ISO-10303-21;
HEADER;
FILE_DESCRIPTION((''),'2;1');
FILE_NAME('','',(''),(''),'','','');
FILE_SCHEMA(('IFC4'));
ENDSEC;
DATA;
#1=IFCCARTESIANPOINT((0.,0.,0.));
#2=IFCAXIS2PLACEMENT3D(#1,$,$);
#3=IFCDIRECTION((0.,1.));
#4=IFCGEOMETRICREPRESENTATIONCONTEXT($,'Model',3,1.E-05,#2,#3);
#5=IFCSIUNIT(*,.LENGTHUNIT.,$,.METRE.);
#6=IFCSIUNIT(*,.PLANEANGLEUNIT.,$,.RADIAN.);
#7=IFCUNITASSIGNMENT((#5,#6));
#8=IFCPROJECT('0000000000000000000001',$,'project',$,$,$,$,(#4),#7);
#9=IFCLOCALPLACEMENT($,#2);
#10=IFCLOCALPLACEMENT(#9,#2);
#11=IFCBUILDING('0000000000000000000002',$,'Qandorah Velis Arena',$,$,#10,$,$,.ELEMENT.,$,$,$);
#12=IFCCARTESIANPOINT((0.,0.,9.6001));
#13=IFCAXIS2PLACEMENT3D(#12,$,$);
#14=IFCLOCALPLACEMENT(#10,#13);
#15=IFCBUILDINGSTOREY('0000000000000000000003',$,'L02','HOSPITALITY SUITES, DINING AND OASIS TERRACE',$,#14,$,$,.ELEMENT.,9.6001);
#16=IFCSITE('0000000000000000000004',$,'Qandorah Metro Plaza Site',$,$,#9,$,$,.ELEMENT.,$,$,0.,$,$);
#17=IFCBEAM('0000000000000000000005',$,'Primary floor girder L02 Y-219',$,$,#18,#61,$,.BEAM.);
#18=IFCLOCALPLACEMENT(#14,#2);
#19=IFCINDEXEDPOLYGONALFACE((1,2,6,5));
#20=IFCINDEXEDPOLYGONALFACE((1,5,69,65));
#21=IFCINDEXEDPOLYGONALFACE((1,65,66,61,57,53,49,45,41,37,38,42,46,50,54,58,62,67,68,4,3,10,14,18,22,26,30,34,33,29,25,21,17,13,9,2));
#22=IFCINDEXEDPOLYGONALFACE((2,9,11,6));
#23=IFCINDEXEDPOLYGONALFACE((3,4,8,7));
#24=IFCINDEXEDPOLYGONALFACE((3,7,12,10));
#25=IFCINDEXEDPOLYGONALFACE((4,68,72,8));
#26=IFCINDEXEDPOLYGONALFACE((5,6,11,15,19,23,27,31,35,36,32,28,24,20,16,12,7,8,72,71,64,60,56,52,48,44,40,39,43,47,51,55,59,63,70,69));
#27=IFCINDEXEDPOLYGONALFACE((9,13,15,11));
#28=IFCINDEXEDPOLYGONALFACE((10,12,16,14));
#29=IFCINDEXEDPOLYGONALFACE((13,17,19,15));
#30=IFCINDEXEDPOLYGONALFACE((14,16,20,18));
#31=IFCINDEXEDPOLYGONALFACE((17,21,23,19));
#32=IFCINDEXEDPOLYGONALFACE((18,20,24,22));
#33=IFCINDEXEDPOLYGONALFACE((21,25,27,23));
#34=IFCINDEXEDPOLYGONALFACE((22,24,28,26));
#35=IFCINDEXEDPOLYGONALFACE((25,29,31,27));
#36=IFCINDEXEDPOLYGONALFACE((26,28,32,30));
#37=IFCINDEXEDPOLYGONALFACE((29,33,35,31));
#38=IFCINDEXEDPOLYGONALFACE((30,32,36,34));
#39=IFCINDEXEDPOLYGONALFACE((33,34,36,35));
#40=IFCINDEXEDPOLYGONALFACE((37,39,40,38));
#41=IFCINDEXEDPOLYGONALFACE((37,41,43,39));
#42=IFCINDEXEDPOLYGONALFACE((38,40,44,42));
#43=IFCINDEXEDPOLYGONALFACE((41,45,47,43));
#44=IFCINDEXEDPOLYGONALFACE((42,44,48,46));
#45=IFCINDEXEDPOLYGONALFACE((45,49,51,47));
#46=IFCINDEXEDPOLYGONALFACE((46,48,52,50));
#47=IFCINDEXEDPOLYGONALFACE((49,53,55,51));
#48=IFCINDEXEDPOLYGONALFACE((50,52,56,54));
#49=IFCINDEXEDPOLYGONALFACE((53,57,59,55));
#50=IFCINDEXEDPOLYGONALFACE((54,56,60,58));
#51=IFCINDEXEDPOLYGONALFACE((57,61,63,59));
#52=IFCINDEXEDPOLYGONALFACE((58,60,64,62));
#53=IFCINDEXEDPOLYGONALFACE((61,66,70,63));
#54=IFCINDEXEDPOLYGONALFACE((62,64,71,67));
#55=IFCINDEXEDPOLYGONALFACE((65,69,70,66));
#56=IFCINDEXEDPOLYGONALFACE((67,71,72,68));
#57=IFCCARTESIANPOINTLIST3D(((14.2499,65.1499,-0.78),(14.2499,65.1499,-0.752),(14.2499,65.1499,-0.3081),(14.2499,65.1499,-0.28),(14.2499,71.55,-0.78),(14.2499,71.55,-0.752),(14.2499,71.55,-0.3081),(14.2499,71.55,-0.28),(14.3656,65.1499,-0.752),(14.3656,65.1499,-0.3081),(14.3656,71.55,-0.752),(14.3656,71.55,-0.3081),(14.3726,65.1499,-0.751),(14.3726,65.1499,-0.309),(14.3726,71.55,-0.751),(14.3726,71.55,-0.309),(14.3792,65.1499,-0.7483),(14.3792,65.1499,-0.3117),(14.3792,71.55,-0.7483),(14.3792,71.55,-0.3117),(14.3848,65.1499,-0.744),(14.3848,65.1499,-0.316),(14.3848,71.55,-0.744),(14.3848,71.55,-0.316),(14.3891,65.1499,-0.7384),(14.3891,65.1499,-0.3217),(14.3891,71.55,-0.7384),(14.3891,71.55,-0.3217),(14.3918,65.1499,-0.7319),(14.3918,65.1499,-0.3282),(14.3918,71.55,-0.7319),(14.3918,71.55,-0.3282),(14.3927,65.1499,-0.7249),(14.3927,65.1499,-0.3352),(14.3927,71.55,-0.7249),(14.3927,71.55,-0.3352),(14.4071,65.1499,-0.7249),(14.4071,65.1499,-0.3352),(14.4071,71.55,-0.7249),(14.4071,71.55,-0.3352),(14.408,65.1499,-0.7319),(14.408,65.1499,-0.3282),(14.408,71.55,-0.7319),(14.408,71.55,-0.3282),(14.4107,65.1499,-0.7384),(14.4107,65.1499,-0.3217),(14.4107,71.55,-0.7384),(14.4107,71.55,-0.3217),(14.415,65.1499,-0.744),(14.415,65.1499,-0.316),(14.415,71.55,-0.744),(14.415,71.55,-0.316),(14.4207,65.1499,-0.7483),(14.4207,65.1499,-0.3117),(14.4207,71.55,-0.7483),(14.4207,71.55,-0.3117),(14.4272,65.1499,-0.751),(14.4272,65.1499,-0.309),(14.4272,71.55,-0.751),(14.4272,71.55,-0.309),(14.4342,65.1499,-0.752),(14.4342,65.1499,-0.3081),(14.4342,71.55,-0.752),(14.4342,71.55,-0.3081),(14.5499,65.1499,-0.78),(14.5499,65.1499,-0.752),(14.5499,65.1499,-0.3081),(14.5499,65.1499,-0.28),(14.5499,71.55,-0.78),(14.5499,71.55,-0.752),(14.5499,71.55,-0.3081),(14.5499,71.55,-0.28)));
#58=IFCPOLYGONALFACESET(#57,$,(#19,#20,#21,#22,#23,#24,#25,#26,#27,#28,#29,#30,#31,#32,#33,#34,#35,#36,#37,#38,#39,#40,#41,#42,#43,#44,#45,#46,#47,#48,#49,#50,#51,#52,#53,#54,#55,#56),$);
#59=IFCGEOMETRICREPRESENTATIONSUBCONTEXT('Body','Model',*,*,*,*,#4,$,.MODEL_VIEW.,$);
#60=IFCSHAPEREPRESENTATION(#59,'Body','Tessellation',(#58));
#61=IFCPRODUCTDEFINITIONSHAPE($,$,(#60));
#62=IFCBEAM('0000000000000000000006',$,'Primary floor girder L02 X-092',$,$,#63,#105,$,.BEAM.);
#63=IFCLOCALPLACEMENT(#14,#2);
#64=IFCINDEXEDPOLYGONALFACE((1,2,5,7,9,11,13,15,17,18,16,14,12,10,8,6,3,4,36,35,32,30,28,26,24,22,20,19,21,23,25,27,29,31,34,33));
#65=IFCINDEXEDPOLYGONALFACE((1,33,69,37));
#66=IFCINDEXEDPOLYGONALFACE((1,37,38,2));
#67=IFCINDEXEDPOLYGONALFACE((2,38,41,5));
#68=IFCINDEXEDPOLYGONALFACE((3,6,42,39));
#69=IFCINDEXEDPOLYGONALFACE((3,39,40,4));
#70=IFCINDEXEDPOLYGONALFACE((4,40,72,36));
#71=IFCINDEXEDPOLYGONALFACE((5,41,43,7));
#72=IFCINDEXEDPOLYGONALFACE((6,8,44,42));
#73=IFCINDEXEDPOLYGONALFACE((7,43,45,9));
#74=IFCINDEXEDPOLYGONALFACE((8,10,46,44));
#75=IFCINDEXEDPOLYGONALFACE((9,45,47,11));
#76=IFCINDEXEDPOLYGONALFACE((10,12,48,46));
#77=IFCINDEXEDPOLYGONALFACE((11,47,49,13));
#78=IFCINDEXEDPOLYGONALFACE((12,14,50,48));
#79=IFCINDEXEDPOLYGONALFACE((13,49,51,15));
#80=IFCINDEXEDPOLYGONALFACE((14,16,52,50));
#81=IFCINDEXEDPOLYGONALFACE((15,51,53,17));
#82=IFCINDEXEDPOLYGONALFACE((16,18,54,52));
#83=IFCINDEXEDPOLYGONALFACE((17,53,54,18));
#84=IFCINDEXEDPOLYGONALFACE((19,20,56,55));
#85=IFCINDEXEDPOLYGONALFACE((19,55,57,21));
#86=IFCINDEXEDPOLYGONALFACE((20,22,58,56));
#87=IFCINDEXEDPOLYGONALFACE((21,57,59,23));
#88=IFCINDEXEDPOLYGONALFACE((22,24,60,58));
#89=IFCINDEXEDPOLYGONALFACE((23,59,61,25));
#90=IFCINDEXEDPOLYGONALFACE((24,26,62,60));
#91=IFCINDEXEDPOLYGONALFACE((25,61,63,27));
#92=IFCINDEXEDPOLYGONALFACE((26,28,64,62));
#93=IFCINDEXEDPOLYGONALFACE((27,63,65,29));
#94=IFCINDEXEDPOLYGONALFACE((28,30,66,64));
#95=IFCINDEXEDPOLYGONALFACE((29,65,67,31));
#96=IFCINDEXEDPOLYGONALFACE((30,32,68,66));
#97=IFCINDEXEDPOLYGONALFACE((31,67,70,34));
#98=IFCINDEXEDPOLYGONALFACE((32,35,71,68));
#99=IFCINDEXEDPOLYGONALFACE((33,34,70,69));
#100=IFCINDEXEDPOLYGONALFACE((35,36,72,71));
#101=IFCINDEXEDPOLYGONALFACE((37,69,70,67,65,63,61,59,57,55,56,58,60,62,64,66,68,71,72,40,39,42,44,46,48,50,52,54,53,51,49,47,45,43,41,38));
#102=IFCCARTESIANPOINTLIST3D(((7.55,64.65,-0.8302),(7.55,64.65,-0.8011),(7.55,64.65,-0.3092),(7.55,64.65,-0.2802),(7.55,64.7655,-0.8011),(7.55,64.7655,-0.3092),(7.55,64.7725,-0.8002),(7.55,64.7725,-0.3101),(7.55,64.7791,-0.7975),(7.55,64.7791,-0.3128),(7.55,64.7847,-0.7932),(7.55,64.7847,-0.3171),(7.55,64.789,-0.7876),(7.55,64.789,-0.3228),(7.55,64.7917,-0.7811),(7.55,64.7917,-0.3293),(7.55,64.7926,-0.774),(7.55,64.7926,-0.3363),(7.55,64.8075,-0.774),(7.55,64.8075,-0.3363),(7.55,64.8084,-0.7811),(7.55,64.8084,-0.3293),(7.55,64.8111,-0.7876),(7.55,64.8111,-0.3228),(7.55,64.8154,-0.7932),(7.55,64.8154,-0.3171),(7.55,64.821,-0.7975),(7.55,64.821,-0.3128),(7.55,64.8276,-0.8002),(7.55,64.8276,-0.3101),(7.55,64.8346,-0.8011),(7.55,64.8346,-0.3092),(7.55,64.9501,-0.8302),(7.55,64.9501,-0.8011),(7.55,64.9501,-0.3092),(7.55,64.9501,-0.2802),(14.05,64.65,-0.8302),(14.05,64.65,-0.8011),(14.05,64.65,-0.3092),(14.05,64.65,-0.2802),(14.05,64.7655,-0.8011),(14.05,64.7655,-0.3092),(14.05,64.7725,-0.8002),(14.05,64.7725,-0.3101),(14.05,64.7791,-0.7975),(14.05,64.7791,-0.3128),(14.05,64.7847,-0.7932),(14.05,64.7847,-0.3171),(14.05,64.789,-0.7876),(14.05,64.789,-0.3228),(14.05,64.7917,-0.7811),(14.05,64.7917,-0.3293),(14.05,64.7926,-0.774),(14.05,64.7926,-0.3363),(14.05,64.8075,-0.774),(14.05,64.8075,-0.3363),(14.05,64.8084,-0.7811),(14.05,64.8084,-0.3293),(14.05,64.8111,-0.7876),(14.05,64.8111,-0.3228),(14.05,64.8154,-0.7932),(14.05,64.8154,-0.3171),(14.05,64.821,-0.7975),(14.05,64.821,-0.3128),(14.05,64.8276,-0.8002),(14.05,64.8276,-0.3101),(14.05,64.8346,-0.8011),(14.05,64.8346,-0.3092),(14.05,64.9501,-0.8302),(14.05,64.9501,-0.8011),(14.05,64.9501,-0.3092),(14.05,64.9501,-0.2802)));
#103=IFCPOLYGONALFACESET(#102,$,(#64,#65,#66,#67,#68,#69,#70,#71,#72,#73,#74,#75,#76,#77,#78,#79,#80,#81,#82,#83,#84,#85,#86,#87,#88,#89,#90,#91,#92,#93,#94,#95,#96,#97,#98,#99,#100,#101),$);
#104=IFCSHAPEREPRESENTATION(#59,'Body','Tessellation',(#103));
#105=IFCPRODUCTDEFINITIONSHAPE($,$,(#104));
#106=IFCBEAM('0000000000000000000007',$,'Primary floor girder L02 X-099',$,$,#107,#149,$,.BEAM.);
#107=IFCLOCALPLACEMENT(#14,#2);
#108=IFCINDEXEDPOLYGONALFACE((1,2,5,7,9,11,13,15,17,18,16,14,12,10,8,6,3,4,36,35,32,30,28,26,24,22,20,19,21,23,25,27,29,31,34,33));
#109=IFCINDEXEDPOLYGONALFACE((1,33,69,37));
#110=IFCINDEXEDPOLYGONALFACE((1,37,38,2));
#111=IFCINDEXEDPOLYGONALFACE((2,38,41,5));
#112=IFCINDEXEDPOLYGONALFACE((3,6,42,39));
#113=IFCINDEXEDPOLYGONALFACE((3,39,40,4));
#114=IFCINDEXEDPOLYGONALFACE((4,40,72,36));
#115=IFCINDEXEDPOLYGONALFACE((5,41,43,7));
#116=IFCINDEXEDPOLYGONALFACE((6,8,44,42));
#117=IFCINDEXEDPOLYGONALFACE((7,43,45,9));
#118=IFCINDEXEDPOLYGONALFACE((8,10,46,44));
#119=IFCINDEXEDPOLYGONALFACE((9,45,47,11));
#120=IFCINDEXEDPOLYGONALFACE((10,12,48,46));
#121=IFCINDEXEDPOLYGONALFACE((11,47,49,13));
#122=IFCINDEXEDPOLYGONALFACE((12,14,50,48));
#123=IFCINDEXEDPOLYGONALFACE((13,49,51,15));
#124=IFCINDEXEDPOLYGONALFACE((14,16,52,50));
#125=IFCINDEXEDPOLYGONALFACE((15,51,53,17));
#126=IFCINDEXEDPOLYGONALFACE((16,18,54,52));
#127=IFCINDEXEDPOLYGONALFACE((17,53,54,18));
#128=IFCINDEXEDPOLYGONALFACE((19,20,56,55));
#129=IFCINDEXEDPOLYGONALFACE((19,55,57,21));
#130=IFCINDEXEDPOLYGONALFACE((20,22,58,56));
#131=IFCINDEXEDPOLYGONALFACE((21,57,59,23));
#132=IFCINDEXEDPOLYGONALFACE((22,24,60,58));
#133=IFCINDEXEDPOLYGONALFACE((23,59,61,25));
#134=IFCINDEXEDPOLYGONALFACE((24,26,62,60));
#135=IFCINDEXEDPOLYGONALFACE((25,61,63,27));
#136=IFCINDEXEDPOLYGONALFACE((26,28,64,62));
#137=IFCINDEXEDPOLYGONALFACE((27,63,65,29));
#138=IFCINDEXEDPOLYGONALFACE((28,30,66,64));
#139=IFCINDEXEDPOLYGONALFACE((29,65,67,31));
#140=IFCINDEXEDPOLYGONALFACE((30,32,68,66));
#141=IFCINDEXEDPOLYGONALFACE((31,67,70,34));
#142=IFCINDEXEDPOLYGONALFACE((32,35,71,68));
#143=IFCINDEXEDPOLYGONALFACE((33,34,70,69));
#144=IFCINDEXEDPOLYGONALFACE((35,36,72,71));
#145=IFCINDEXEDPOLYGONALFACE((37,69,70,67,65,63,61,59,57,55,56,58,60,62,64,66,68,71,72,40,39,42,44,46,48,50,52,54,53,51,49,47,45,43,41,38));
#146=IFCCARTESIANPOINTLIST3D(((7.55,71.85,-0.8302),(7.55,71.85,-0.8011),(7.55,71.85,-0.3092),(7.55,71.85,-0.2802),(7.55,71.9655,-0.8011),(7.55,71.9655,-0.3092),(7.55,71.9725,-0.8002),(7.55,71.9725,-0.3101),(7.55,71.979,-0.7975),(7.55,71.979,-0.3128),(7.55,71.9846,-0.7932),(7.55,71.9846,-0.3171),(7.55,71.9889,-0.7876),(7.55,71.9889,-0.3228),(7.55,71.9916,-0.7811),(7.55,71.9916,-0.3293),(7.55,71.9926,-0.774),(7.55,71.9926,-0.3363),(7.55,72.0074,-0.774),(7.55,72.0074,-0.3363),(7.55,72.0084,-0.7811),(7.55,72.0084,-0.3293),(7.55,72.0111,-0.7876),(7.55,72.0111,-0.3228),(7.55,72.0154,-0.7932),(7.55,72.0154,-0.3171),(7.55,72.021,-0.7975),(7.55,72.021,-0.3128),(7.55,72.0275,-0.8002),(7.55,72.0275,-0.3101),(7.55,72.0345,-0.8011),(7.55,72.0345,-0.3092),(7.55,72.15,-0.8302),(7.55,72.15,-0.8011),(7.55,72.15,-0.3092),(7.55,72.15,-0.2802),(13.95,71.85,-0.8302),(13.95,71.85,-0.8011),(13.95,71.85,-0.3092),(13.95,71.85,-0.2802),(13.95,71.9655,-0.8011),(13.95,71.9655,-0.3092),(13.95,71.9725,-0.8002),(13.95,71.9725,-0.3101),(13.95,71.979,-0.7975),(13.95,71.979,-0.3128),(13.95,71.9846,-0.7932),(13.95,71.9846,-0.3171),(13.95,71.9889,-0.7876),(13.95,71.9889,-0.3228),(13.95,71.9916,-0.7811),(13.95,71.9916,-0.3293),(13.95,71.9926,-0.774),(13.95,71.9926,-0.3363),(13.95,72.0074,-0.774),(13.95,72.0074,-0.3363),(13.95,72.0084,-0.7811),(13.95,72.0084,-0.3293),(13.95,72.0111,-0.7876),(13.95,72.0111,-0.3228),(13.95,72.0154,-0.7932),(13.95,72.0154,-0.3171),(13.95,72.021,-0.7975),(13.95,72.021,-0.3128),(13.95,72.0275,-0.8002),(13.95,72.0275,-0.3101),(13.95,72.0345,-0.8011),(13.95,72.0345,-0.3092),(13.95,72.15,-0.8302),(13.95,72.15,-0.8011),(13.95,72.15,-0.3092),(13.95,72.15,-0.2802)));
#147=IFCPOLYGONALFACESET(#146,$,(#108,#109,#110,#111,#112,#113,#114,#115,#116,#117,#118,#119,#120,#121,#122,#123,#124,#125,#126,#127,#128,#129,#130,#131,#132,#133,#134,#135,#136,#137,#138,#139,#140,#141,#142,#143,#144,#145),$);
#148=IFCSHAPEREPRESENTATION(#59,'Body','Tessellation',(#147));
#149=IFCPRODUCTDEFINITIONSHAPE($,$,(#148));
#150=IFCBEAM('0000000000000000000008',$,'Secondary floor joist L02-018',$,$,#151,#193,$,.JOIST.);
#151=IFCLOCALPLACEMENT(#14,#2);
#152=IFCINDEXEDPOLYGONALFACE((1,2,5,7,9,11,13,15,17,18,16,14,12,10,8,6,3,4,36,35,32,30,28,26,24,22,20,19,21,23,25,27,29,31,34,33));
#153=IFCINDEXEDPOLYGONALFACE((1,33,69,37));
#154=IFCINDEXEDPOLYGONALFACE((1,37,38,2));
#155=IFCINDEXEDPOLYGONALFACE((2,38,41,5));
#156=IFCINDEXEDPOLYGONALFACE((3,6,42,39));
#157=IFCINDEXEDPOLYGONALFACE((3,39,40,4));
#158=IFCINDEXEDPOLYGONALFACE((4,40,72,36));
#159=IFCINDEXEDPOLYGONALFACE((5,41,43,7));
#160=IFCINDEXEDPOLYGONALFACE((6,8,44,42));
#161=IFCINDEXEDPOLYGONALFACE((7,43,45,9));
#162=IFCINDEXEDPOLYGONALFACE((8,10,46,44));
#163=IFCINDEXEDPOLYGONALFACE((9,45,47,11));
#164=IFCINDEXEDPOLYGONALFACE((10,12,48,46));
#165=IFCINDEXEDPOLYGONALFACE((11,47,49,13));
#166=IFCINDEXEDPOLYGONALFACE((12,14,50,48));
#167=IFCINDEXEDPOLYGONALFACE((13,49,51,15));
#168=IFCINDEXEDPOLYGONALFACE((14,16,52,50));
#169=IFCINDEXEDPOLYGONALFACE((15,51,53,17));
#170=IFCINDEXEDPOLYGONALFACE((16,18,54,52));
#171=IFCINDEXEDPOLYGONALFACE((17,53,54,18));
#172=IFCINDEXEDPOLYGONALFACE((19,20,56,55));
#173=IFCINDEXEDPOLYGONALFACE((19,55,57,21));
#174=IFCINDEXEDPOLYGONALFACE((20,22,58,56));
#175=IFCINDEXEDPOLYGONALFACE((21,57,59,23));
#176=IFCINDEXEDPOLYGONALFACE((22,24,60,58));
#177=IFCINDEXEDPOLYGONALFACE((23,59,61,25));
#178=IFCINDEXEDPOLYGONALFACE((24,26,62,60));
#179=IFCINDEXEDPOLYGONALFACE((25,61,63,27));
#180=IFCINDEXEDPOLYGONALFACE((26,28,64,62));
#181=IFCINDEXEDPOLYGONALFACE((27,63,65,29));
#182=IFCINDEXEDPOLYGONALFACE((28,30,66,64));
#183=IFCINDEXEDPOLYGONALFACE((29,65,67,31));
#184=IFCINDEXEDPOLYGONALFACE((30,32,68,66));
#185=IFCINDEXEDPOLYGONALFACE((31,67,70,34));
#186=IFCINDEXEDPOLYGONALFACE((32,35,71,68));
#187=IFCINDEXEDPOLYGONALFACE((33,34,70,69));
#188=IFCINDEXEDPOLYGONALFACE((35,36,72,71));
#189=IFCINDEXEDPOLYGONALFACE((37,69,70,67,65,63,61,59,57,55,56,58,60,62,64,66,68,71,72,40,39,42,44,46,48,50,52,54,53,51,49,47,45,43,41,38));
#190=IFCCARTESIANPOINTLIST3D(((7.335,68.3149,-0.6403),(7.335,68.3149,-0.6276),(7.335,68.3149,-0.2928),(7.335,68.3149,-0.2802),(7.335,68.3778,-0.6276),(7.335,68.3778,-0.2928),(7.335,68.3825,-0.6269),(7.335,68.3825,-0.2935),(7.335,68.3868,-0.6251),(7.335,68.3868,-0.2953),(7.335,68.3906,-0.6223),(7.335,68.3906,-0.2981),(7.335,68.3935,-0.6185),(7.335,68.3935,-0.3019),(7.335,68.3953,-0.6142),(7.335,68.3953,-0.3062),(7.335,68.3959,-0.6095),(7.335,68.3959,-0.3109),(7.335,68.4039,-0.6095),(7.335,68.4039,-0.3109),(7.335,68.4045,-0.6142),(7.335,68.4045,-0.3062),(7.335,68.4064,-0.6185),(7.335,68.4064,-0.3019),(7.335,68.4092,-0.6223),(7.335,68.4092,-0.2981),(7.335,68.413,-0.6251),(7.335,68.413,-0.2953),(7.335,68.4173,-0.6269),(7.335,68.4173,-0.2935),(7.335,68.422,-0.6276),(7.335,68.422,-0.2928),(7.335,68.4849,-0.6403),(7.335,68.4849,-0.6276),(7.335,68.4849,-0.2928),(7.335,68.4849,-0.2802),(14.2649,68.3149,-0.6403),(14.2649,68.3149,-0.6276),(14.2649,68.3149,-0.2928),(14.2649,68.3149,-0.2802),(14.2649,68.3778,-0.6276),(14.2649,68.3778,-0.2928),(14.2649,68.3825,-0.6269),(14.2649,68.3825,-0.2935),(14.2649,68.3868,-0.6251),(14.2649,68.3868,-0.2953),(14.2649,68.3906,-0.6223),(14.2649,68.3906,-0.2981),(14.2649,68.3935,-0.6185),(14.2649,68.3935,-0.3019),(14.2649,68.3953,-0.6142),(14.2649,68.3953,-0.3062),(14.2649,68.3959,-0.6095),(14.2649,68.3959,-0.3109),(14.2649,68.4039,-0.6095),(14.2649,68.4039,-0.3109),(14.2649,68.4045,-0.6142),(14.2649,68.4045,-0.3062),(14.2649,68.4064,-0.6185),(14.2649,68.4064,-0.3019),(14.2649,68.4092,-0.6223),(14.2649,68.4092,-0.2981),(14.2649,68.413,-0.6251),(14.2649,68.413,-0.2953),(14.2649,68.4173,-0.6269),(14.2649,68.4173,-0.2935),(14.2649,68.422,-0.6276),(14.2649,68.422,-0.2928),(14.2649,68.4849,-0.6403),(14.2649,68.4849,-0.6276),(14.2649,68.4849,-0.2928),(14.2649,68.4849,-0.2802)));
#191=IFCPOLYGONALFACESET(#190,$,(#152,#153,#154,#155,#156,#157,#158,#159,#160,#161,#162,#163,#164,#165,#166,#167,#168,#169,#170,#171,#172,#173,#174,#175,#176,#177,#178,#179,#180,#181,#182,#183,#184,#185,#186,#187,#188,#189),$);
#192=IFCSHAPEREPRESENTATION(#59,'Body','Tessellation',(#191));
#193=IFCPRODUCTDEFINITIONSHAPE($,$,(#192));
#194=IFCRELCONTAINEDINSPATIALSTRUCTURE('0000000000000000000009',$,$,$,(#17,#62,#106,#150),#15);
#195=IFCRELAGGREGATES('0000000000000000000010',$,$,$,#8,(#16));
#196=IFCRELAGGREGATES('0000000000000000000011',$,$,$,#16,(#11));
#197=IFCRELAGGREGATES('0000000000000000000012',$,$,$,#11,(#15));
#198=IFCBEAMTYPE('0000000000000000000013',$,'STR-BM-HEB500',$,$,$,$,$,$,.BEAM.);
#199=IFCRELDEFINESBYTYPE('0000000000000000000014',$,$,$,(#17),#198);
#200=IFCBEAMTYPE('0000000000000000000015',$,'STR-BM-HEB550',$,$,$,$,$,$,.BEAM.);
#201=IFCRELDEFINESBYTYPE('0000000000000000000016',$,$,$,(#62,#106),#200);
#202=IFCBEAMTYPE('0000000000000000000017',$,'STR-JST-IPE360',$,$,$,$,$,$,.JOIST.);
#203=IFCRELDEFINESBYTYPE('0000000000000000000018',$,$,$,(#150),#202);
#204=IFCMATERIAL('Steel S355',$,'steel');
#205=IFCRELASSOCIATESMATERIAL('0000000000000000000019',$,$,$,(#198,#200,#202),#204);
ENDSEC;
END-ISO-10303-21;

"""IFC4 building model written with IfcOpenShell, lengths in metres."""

from ifc_helpers import new_model, si_unit, direction, frame, origin, origin_2d, place, context, subcontext, project, spatial, i_section, extrude, material, material_profile, profile_set, type_object, element, save


model = new_model("IFC4")

# Units and contexts
model_context = context("Model", 3, precision=1e-05, world=origin(), true_north=direction((0.0, 1.0)))
body_context = subcontext(model_context, "Body", "Model", "MODEL_VIEW")
ifc_project = project(units=[si_unit("LENGTHUNIT", "METRE"), si_unit("PLANEANGLEUNIT", "RADIAN")], contexts=[model_context])

# Site, building, storey
site_placement = place(None, origin())
site = spatial("IfcSite", under=ifc_project, at=site_placement, Name="Qandorah Metro Plaza Site", CompositionType="ELEMENT", RefElevation=0.0)
building_placement = place(site_placement, origin())
building = spatial("IfcBuilding", under=site, at=building_placement, Name="Qandorah Velis Arena", CompositionType="ELEMENT")
storey_placement = place(building_placement, frame((0.0, 0.0, 9.6001)))
storey = spatial("IfcBuildingStorey", under=building, at=storey_placement, Name="L02", Description="HOSPITALITY SUITES, DINING AND OASIS TERRACE", CompositionType="ELEMENT", Elevation=9.6001)

# Shared definitions
ifc_material_1 = material(Name="Steel S355", Category="steel")

# Beams
ifc_material_profile_1 = material_profile(ifc_material_1, i_section(OverallWidth=0.3, OverallDepth=0.5, WebThickness=0.0144, FlangeThickness=0.0281, FilletRadius=0.0271, at=origin_2d()), Name="HEB 500")
ifc_profile_set_1 = profile_set([ifc_material_profile_1], Name="Steel S355")
beam_type_1 = type_object("IfcBeamType", Name="STR-BM-HEB500", PredefinedType="BEAM", material=ifc_profile_set_1)
beam_1_placement = place(storey_placement, frame((14.3999, 65.1499, -0.53), z_axis=(0.0, 1.0, 0.0), x_axis=(-1.0, 0.0, 0.0)))
element("IfcBeam", 1, at=beam_1_placement, inside=storey, type_object=beam_type_1, Name="Primary floor girder L02 Y-219", PredefinedType="BEAM", context=body_context, shape_type="SweptSolid", body=[
    extrude(i_section(OverallWidth=0.3, OverallDepth=0.5, WebThickness=0.0144, FlangeThickness=0.0281, FilletRadius=0.0271, at=origin_2d()), origin(), (0.0, 0.0, 1.0), 6.4001),
])
ifc_material_profile_2 = material_profile(ifc_material_1, i_section(OverallWidth=0.3, OverallDepth=0.55, WebThickness=0.0149, FlangeThickness=0.0291, FilletRadius=0.0271, at=origin_2d()), Name="HEB 550")
ifc_profile_set_2 = profile_set([ifc_material_profile_2], Name="Steel S355")
beam_type_2 = type_object("IfcBeamType", Name="STR-BM-HEB550", PredefinedType="BEAM", material=ifc_profile_set_2)
beam_2_placement = place(storey_placement, frame((7.55, 64.8, -0.5552), z_axis=(1.0, 0.0, 0.0), x_axis=(0.0, 1.0, 0.0)))
element("IfcBeam", 2, at=beam_2_placement, inside=storey, type_object=beam_type_2, Name="Primary floor girder L02 X-092", PredefinedType="BEAM", context=body_context, shape_type="SweptSolid", body=[
    extrude(i_section(OverallWidth=0.3, OverallDepth=0.55, WebThickness=0.0149, FlangeThickness=0.0291, FilletRadius=0.0271, at=origin_2d()), origin(), (0.0, 0.0, 1.0), 6.5),
])
beam_3_placement = place(storey_placement, frame((7.55, 72.0, -0.5552), z_axis=(1.0, 0.0, 0.0), x_axis=(0.0, 1.0, 0.0)))
element("IfcBeam", 3, at=beam_3_placement, inside=storey, type_object=beam_type_2, Name="Primary floor girder L02 X-099", PredefinedType="BEAM", context=body_context, shape_type="SweptSolid", body=[
    extrude(i_section(OverallWidth=0.3, OverallDepth=0.55, WebThickness=0.0149, FlangeThickness=0.0291, FilletRadius=0.0271, at=origin_2d()), origin(), (0.0, 0.0, 1.0), 6.3999),
])
ifc_material_profile_3 = material_profile(ifc_material_1, i_section(OverallWidth=0.1699, OverallDepth=0.3601, WebThickness=0.0081, FlangeThickness=0.0127, FilletRadius=0.0181, at=origin_2d()), Name="IPE 360")
ifc_profile_set_3 = profile_set([ifc_material_profile_3], Name="Steel S355")
beam_type_3 = type_object("IfcBeamType", Name="STR-JST-IPE360", PredefinedType="JOIST", material=ifc_profile_set_3)
beam_4_placement = place(storey_placement, frame((7.335, 68.3999, -0.4602), z_axis=(1.0, 0.0, 0.0), x_axis=(0.0, 1.0, 0.0)))
element("IfcBeam", 4, at=beam_4_placement, inside=storey, type_object=beam_type_3, Name="Secondary floor joist L02-018", PredefinedType="JOIST", context=body_context, shape_type="SweptSolid", body=[
    extrude(i_section(OverallWidth=0.1699, OverallDepth=0.3601, WebThickness=0.0081, FlangeThickness=0.0127, FilletRadius=0.0181, at=origin_2d()), origin(), (0.0, 0.0, 1.0), 6.9299),
])

save(model, "model.ifc")
